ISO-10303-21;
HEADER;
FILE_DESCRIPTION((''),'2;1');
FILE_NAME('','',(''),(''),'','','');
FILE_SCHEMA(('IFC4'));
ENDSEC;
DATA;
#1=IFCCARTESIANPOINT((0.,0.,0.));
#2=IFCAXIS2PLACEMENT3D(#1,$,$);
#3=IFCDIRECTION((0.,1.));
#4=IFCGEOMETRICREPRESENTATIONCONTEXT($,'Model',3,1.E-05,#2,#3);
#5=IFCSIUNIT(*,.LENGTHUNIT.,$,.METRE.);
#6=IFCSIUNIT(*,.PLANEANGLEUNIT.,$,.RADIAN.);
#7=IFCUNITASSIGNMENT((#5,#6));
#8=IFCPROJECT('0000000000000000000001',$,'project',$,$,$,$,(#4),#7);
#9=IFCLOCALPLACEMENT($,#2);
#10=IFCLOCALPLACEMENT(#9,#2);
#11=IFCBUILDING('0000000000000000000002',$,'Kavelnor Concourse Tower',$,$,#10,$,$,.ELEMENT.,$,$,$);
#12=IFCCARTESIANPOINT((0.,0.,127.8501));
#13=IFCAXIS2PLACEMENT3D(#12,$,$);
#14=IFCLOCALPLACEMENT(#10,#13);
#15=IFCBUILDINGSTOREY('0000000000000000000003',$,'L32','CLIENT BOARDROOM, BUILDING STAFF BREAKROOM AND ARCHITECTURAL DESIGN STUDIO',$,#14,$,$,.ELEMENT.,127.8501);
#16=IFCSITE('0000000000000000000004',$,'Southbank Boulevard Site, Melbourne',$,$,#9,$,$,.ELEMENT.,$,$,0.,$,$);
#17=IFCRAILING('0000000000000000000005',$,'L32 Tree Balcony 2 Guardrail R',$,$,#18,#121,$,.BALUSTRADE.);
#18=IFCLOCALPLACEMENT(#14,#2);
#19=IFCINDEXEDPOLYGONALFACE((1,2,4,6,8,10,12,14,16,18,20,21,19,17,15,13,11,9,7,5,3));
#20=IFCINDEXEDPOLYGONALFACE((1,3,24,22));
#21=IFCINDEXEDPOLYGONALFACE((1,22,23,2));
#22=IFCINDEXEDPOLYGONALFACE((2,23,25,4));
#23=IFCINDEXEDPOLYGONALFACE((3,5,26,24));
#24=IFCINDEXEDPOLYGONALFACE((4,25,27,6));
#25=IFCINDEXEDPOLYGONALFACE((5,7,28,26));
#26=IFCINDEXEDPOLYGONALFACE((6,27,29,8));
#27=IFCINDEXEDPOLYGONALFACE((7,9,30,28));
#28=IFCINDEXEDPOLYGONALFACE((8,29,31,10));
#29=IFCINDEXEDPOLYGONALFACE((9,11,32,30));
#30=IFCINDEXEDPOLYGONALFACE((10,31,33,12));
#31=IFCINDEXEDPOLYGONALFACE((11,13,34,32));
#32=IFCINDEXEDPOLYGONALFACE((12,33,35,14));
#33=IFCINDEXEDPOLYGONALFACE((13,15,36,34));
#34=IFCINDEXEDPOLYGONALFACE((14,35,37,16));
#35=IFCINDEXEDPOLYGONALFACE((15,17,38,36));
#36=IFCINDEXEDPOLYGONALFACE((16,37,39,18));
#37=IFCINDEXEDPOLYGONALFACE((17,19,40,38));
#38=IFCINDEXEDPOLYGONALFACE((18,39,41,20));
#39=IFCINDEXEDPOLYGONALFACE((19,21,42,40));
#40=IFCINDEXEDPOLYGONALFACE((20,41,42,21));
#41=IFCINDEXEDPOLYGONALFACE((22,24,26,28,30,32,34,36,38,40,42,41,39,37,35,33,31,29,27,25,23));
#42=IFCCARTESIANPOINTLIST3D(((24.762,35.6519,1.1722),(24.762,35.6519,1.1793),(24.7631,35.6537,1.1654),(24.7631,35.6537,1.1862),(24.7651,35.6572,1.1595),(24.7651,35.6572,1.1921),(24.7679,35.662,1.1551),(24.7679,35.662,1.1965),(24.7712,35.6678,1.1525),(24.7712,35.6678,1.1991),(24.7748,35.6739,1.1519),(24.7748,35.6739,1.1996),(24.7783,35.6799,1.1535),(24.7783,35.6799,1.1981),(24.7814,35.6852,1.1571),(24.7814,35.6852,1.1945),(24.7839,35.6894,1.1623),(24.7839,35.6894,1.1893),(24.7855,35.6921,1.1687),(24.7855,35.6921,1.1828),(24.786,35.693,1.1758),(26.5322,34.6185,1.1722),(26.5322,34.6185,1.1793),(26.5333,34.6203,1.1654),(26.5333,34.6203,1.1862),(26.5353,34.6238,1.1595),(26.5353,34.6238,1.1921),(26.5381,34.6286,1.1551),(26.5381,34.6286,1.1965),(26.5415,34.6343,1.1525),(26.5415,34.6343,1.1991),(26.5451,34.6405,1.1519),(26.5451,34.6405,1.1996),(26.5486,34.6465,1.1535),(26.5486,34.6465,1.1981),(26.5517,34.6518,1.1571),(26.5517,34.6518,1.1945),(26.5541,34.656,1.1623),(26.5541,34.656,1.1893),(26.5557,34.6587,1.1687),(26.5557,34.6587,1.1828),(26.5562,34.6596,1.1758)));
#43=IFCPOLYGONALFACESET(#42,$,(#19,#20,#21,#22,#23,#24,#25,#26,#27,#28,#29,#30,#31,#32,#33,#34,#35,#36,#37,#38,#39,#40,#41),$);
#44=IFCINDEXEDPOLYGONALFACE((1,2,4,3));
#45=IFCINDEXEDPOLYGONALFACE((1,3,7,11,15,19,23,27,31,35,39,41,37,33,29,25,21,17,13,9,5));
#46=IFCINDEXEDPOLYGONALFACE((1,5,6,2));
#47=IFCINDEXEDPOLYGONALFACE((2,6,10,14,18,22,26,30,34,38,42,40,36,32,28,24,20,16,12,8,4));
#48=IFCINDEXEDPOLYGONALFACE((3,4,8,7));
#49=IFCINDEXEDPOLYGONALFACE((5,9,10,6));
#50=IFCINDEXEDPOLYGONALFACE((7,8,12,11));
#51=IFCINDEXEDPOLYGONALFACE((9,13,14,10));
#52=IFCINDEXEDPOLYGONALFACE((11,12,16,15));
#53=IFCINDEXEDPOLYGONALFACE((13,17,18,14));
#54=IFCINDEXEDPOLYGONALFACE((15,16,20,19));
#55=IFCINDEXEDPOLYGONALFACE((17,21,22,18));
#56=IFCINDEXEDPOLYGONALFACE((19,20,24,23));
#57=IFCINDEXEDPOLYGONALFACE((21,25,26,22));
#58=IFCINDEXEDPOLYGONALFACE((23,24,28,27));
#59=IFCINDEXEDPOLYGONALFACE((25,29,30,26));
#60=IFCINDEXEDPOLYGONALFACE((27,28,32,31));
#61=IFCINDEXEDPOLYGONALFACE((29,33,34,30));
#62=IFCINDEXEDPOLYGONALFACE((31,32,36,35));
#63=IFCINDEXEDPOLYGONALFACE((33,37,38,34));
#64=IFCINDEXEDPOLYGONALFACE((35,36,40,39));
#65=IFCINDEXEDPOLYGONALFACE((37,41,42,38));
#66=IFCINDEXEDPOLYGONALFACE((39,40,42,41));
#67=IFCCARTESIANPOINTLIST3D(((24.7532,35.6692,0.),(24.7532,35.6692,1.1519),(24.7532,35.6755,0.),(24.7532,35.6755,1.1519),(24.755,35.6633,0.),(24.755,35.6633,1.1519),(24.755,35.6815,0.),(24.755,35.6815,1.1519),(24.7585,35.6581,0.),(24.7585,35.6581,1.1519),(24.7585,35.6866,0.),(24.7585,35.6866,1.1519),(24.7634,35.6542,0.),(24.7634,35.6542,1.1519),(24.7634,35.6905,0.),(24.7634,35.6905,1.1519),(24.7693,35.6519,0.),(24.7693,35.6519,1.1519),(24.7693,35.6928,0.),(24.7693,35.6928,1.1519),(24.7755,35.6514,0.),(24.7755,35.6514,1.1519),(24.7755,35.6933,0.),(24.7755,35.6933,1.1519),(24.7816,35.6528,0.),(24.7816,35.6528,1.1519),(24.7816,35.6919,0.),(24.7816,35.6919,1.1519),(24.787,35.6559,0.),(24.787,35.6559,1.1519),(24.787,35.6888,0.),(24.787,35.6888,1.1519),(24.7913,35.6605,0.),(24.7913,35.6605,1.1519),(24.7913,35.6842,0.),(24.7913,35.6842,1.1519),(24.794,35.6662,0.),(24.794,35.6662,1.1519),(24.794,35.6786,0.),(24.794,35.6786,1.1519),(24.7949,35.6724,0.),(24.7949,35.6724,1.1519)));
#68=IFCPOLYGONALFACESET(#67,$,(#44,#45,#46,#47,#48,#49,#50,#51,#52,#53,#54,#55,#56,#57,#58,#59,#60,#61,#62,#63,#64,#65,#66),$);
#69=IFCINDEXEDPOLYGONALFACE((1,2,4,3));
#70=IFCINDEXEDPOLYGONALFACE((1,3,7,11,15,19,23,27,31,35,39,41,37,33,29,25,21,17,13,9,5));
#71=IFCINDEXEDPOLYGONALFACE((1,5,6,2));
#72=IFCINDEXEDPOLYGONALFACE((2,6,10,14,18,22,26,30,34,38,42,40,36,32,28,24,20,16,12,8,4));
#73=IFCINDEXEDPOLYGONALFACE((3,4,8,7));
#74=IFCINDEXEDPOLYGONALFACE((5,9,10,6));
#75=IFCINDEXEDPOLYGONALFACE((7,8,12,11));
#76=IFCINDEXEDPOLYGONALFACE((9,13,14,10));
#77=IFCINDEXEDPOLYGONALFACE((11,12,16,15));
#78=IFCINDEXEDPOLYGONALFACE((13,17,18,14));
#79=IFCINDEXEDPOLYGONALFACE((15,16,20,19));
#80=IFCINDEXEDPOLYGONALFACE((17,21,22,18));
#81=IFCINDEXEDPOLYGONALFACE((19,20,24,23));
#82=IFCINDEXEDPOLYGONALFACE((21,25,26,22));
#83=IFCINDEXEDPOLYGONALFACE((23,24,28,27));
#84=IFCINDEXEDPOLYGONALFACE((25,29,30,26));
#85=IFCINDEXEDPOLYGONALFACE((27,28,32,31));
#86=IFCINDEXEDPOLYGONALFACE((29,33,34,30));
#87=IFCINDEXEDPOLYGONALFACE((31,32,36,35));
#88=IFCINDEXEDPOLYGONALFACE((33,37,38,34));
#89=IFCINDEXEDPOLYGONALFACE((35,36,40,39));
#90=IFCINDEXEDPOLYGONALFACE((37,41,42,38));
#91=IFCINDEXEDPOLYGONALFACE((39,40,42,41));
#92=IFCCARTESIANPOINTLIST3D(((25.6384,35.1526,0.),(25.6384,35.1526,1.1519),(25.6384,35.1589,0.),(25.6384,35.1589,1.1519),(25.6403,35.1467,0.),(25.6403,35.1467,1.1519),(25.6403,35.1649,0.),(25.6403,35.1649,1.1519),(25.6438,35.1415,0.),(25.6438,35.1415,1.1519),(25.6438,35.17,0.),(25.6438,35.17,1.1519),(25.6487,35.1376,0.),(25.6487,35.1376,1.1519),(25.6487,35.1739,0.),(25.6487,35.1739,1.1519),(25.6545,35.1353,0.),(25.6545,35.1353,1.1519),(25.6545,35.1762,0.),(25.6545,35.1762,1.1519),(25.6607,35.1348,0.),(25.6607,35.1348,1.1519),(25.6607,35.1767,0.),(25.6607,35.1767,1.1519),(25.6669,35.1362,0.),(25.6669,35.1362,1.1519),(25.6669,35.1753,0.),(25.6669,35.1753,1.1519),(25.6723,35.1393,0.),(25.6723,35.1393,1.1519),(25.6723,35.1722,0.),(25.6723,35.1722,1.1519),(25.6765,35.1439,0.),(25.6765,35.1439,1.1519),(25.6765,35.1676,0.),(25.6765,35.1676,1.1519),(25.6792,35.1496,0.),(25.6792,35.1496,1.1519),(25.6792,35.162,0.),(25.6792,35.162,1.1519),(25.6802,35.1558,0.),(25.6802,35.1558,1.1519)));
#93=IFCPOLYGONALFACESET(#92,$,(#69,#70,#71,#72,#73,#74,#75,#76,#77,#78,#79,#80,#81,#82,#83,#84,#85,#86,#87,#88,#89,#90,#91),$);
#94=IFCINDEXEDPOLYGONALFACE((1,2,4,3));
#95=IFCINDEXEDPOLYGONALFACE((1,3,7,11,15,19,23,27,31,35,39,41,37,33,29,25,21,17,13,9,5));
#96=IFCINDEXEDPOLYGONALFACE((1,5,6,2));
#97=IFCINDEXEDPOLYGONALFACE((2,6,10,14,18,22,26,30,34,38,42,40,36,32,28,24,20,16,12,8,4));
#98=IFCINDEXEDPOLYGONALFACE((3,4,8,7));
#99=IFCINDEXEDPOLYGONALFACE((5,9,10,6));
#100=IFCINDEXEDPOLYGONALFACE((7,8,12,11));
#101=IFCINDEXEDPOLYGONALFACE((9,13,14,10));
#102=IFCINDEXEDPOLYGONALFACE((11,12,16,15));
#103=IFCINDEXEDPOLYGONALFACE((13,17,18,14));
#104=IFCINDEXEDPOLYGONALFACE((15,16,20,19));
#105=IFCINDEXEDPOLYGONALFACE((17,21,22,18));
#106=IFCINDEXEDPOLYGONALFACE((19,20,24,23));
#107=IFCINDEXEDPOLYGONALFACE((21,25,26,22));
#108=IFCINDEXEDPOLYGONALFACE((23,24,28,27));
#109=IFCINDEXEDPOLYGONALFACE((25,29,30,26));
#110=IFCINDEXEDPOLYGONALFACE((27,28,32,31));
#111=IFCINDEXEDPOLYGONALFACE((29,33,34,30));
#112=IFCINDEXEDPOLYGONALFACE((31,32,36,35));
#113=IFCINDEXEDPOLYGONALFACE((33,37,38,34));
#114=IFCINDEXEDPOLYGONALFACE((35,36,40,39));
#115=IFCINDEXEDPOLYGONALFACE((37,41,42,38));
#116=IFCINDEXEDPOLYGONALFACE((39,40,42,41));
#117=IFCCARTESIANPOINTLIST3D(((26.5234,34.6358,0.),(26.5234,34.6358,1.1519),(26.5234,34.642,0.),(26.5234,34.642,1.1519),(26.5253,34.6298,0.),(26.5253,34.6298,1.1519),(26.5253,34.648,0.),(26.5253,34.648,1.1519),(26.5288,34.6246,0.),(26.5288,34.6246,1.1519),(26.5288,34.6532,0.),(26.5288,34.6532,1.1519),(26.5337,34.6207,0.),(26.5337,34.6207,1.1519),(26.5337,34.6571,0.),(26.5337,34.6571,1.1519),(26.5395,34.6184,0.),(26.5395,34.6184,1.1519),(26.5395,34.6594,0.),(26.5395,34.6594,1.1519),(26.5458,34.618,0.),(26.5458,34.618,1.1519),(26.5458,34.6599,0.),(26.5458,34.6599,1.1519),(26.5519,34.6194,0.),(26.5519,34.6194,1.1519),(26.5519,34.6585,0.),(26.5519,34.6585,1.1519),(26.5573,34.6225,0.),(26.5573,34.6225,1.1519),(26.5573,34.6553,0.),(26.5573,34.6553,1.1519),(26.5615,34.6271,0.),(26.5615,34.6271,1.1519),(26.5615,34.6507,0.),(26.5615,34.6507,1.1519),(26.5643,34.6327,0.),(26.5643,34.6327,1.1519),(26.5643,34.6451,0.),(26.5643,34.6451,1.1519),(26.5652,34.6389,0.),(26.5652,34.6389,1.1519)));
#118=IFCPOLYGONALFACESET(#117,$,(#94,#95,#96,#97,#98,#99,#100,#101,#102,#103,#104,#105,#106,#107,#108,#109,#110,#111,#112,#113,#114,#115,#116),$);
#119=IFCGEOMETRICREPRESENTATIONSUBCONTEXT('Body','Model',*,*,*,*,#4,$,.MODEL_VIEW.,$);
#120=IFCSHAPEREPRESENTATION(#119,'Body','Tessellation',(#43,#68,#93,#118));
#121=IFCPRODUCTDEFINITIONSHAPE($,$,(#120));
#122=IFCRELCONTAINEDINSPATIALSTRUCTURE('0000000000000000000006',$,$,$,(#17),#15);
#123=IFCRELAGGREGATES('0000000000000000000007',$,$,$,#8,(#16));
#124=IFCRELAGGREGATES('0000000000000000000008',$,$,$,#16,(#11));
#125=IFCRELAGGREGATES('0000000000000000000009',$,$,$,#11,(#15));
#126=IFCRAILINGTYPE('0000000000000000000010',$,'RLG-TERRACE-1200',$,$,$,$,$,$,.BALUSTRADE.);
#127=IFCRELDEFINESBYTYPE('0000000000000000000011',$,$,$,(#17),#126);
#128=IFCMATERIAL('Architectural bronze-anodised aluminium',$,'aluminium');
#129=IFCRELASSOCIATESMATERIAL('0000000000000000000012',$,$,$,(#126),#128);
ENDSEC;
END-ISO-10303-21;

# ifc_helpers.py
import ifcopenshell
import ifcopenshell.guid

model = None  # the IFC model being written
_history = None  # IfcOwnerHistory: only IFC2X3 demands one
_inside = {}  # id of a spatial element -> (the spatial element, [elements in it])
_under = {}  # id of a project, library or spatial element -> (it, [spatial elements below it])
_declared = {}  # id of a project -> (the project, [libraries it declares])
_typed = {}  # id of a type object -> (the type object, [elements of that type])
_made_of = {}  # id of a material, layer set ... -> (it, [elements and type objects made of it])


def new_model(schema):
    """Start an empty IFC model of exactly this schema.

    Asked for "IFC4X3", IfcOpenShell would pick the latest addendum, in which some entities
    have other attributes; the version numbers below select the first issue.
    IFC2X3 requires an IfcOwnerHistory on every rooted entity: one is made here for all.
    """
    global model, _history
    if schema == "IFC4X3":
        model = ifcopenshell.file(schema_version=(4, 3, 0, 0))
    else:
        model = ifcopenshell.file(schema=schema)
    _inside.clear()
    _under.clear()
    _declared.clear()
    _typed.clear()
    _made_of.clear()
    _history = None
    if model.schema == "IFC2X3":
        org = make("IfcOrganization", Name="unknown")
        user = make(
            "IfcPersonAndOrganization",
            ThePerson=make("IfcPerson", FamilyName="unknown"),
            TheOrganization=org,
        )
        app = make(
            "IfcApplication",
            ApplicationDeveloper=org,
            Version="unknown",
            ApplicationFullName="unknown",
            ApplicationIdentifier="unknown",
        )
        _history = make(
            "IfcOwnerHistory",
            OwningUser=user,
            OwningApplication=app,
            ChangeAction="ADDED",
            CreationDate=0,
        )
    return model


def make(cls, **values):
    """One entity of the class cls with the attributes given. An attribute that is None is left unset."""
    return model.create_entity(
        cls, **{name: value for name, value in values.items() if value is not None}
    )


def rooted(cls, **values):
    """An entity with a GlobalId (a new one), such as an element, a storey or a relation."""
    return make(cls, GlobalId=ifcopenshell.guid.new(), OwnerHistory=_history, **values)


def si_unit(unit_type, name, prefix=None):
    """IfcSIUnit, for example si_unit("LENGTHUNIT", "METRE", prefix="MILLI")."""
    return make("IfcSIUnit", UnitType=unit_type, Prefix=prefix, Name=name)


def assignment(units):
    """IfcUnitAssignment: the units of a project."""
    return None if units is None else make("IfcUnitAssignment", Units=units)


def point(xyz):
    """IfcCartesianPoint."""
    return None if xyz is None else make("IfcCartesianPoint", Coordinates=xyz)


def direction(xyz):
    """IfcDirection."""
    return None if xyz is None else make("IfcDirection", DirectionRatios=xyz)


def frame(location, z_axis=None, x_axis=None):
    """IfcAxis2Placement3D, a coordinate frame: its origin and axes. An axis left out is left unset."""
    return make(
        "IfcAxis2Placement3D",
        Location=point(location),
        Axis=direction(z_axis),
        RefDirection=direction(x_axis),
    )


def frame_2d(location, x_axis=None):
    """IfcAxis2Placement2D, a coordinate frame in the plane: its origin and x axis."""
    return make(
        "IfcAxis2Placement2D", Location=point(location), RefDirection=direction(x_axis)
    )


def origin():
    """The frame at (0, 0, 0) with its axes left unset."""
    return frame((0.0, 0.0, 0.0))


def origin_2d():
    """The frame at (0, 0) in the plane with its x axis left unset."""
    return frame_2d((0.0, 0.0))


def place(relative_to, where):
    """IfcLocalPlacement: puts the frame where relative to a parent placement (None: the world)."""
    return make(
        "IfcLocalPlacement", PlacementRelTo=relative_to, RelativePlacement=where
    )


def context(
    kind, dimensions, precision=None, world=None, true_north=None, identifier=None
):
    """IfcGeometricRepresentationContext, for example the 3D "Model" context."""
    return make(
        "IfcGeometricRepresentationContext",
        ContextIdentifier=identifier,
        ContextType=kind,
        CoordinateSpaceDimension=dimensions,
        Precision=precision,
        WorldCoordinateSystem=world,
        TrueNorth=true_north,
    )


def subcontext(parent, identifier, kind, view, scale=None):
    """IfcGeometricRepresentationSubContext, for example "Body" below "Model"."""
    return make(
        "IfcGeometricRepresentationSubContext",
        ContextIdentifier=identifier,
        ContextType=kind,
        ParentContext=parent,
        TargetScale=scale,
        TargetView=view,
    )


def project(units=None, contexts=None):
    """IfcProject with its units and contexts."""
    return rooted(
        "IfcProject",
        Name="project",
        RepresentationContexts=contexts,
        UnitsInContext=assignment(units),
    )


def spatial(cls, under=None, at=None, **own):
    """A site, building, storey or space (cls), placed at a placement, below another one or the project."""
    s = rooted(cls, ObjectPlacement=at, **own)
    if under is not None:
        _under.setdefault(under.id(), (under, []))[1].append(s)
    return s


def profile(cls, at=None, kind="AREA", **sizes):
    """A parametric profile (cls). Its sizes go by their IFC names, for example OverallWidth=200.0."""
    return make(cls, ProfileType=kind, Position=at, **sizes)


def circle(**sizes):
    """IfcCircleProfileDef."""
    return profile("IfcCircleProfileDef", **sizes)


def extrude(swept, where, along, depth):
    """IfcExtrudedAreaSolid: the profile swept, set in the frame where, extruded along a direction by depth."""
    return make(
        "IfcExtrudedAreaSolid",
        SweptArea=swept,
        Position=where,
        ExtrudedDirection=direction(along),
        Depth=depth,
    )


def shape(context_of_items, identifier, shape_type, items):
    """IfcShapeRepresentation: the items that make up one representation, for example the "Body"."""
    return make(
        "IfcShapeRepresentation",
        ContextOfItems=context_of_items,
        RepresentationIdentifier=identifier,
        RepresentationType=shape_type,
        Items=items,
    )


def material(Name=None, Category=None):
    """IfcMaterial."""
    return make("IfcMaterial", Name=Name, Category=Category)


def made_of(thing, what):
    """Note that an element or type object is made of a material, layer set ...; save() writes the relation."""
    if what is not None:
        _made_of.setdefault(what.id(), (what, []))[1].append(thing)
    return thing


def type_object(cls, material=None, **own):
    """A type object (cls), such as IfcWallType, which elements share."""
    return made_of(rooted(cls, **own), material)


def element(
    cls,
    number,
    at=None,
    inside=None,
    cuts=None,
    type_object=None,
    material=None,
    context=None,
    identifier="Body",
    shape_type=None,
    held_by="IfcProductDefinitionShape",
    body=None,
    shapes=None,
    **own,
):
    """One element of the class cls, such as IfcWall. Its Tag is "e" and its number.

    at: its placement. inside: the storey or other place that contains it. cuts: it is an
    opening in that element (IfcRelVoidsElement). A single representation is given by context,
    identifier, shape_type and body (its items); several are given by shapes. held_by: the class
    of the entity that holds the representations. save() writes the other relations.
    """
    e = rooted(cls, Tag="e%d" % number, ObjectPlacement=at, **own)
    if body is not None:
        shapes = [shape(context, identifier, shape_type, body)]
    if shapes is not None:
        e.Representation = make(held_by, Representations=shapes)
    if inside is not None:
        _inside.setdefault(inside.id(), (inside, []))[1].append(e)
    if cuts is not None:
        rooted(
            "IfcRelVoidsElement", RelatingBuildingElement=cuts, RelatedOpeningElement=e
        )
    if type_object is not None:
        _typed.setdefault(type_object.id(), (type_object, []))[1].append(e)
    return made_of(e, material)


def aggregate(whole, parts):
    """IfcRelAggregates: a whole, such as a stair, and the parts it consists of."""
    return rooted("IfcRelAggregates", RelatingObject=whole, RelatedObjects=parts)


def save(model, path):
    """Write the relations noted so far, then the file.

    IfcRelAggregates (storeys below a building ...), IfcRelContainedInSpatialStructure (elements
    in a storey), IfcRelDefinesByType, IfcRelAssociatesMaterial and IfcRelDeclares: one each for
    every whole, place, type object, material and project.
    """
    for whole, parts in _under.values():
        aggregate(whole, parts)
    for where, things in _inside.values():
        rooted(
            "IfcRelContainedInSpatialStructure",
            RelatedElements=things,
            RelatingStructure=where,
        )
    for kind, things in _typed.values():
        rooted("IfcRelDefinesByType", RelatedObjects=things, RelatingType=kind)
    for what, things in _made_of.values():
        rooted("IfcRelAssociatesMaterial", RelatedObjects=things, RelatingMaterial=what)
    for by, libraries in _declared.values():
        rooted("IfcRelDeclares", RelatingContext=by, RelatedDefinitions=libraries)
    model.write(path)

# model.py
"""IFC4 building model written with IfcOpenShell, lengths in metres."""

from ifc_helpers import new_model, si_unit, direction, frame, origin, origin_2d, place, context, subcontext, project, spatial, circle, extrude, material, type_object, element, save


model = new_model("IFC4")

# Units and contexts
model_context = context("Model", 3, precision=1e-05, world=origin(), true_north=direction((0.0, 1.0)))
body_context = subcontext(model_context, "Body", "Model", "MODEL_VIEW")
ifc_project = project(units=[si_unit("LENGTHUNIT", "METRE"), si_unit("PLANEANGLEUNIT", "RADIAN")], contexts=[model_context])

# Site, building, storey
site_placement = place(None, origin())
site = spatial("IfcSite", under=ifc_project, at=site_placement, Name="Southbank Boulevard Site, Melbourne", CompositionType="ELEMENT", RefElevation=0.0)
building_placement = place(site_placement, origin())
building = spatial("IfcBuilding", under=site, at=building_placement, Name="Kavelnor Concourse Tower", CompositionType="ELEMENT")
storey_placement = place(building_placement, frame((0.0, 0.0, 127.8501)))
storey = spatial("IfcBuildingStorey", under=building, at=storey_placement, Name="L32", Description="CLIENT BOARDROOM, BUILDING STAFF BREAKROOM AND ARCHITECTURAL DESIGN STUDIO", CompositionType="ELEMENT", Elevation=127.8501)

# Railing
ifc_material_1 = material(Name="Architectural bronze-anodised aluminium", Category="aluminium")
railing_type = type_object("IfcRailingType", Name="RLG-TERRACE-1200", PredefinedType="BALUSTRADE", material=ifc_material_1)
railing_1_placement = place(storey_placement, frame((24.7739, 35.6724, 0.0)))
element("IfcRailing", 1, at=railing_1_placement, inside=storey, type_object=railing_type, Name="L32 Tree Balcony 2 Guardrail R", PredefinedType="BALUSTRADE", context=body_context, shape_type="SweptSolid", body=[
    extrude(circle(Radius=0.0239, at=origin_2d()), frame((0.0, 0.0, 1.1758), z_axis=(0.86361, -0.50416, 0.0), x_axis=(0.50416, 0.86361, 0.0)), (0.0, 0.0, 1.0), 2.0498),
    extrude(circle(Radius=0.021, at=origin_2d()), origin(), (0.0, 0.0, 1.0), 1.1519),
    extrude(circle(Radius=0.021, at=origin_2d()), frame((0.8853, -0.5166, 0.0)), (0.0, 0.0, 1.0), 1.1519),
    extrude(circle(Radius=0.021, at=origin_2d()), frame((1.7703, -1.0334, 0.0)), (0.0, 0.0, 1.0), 1.1519),
])

save(model, "model.ifc")
